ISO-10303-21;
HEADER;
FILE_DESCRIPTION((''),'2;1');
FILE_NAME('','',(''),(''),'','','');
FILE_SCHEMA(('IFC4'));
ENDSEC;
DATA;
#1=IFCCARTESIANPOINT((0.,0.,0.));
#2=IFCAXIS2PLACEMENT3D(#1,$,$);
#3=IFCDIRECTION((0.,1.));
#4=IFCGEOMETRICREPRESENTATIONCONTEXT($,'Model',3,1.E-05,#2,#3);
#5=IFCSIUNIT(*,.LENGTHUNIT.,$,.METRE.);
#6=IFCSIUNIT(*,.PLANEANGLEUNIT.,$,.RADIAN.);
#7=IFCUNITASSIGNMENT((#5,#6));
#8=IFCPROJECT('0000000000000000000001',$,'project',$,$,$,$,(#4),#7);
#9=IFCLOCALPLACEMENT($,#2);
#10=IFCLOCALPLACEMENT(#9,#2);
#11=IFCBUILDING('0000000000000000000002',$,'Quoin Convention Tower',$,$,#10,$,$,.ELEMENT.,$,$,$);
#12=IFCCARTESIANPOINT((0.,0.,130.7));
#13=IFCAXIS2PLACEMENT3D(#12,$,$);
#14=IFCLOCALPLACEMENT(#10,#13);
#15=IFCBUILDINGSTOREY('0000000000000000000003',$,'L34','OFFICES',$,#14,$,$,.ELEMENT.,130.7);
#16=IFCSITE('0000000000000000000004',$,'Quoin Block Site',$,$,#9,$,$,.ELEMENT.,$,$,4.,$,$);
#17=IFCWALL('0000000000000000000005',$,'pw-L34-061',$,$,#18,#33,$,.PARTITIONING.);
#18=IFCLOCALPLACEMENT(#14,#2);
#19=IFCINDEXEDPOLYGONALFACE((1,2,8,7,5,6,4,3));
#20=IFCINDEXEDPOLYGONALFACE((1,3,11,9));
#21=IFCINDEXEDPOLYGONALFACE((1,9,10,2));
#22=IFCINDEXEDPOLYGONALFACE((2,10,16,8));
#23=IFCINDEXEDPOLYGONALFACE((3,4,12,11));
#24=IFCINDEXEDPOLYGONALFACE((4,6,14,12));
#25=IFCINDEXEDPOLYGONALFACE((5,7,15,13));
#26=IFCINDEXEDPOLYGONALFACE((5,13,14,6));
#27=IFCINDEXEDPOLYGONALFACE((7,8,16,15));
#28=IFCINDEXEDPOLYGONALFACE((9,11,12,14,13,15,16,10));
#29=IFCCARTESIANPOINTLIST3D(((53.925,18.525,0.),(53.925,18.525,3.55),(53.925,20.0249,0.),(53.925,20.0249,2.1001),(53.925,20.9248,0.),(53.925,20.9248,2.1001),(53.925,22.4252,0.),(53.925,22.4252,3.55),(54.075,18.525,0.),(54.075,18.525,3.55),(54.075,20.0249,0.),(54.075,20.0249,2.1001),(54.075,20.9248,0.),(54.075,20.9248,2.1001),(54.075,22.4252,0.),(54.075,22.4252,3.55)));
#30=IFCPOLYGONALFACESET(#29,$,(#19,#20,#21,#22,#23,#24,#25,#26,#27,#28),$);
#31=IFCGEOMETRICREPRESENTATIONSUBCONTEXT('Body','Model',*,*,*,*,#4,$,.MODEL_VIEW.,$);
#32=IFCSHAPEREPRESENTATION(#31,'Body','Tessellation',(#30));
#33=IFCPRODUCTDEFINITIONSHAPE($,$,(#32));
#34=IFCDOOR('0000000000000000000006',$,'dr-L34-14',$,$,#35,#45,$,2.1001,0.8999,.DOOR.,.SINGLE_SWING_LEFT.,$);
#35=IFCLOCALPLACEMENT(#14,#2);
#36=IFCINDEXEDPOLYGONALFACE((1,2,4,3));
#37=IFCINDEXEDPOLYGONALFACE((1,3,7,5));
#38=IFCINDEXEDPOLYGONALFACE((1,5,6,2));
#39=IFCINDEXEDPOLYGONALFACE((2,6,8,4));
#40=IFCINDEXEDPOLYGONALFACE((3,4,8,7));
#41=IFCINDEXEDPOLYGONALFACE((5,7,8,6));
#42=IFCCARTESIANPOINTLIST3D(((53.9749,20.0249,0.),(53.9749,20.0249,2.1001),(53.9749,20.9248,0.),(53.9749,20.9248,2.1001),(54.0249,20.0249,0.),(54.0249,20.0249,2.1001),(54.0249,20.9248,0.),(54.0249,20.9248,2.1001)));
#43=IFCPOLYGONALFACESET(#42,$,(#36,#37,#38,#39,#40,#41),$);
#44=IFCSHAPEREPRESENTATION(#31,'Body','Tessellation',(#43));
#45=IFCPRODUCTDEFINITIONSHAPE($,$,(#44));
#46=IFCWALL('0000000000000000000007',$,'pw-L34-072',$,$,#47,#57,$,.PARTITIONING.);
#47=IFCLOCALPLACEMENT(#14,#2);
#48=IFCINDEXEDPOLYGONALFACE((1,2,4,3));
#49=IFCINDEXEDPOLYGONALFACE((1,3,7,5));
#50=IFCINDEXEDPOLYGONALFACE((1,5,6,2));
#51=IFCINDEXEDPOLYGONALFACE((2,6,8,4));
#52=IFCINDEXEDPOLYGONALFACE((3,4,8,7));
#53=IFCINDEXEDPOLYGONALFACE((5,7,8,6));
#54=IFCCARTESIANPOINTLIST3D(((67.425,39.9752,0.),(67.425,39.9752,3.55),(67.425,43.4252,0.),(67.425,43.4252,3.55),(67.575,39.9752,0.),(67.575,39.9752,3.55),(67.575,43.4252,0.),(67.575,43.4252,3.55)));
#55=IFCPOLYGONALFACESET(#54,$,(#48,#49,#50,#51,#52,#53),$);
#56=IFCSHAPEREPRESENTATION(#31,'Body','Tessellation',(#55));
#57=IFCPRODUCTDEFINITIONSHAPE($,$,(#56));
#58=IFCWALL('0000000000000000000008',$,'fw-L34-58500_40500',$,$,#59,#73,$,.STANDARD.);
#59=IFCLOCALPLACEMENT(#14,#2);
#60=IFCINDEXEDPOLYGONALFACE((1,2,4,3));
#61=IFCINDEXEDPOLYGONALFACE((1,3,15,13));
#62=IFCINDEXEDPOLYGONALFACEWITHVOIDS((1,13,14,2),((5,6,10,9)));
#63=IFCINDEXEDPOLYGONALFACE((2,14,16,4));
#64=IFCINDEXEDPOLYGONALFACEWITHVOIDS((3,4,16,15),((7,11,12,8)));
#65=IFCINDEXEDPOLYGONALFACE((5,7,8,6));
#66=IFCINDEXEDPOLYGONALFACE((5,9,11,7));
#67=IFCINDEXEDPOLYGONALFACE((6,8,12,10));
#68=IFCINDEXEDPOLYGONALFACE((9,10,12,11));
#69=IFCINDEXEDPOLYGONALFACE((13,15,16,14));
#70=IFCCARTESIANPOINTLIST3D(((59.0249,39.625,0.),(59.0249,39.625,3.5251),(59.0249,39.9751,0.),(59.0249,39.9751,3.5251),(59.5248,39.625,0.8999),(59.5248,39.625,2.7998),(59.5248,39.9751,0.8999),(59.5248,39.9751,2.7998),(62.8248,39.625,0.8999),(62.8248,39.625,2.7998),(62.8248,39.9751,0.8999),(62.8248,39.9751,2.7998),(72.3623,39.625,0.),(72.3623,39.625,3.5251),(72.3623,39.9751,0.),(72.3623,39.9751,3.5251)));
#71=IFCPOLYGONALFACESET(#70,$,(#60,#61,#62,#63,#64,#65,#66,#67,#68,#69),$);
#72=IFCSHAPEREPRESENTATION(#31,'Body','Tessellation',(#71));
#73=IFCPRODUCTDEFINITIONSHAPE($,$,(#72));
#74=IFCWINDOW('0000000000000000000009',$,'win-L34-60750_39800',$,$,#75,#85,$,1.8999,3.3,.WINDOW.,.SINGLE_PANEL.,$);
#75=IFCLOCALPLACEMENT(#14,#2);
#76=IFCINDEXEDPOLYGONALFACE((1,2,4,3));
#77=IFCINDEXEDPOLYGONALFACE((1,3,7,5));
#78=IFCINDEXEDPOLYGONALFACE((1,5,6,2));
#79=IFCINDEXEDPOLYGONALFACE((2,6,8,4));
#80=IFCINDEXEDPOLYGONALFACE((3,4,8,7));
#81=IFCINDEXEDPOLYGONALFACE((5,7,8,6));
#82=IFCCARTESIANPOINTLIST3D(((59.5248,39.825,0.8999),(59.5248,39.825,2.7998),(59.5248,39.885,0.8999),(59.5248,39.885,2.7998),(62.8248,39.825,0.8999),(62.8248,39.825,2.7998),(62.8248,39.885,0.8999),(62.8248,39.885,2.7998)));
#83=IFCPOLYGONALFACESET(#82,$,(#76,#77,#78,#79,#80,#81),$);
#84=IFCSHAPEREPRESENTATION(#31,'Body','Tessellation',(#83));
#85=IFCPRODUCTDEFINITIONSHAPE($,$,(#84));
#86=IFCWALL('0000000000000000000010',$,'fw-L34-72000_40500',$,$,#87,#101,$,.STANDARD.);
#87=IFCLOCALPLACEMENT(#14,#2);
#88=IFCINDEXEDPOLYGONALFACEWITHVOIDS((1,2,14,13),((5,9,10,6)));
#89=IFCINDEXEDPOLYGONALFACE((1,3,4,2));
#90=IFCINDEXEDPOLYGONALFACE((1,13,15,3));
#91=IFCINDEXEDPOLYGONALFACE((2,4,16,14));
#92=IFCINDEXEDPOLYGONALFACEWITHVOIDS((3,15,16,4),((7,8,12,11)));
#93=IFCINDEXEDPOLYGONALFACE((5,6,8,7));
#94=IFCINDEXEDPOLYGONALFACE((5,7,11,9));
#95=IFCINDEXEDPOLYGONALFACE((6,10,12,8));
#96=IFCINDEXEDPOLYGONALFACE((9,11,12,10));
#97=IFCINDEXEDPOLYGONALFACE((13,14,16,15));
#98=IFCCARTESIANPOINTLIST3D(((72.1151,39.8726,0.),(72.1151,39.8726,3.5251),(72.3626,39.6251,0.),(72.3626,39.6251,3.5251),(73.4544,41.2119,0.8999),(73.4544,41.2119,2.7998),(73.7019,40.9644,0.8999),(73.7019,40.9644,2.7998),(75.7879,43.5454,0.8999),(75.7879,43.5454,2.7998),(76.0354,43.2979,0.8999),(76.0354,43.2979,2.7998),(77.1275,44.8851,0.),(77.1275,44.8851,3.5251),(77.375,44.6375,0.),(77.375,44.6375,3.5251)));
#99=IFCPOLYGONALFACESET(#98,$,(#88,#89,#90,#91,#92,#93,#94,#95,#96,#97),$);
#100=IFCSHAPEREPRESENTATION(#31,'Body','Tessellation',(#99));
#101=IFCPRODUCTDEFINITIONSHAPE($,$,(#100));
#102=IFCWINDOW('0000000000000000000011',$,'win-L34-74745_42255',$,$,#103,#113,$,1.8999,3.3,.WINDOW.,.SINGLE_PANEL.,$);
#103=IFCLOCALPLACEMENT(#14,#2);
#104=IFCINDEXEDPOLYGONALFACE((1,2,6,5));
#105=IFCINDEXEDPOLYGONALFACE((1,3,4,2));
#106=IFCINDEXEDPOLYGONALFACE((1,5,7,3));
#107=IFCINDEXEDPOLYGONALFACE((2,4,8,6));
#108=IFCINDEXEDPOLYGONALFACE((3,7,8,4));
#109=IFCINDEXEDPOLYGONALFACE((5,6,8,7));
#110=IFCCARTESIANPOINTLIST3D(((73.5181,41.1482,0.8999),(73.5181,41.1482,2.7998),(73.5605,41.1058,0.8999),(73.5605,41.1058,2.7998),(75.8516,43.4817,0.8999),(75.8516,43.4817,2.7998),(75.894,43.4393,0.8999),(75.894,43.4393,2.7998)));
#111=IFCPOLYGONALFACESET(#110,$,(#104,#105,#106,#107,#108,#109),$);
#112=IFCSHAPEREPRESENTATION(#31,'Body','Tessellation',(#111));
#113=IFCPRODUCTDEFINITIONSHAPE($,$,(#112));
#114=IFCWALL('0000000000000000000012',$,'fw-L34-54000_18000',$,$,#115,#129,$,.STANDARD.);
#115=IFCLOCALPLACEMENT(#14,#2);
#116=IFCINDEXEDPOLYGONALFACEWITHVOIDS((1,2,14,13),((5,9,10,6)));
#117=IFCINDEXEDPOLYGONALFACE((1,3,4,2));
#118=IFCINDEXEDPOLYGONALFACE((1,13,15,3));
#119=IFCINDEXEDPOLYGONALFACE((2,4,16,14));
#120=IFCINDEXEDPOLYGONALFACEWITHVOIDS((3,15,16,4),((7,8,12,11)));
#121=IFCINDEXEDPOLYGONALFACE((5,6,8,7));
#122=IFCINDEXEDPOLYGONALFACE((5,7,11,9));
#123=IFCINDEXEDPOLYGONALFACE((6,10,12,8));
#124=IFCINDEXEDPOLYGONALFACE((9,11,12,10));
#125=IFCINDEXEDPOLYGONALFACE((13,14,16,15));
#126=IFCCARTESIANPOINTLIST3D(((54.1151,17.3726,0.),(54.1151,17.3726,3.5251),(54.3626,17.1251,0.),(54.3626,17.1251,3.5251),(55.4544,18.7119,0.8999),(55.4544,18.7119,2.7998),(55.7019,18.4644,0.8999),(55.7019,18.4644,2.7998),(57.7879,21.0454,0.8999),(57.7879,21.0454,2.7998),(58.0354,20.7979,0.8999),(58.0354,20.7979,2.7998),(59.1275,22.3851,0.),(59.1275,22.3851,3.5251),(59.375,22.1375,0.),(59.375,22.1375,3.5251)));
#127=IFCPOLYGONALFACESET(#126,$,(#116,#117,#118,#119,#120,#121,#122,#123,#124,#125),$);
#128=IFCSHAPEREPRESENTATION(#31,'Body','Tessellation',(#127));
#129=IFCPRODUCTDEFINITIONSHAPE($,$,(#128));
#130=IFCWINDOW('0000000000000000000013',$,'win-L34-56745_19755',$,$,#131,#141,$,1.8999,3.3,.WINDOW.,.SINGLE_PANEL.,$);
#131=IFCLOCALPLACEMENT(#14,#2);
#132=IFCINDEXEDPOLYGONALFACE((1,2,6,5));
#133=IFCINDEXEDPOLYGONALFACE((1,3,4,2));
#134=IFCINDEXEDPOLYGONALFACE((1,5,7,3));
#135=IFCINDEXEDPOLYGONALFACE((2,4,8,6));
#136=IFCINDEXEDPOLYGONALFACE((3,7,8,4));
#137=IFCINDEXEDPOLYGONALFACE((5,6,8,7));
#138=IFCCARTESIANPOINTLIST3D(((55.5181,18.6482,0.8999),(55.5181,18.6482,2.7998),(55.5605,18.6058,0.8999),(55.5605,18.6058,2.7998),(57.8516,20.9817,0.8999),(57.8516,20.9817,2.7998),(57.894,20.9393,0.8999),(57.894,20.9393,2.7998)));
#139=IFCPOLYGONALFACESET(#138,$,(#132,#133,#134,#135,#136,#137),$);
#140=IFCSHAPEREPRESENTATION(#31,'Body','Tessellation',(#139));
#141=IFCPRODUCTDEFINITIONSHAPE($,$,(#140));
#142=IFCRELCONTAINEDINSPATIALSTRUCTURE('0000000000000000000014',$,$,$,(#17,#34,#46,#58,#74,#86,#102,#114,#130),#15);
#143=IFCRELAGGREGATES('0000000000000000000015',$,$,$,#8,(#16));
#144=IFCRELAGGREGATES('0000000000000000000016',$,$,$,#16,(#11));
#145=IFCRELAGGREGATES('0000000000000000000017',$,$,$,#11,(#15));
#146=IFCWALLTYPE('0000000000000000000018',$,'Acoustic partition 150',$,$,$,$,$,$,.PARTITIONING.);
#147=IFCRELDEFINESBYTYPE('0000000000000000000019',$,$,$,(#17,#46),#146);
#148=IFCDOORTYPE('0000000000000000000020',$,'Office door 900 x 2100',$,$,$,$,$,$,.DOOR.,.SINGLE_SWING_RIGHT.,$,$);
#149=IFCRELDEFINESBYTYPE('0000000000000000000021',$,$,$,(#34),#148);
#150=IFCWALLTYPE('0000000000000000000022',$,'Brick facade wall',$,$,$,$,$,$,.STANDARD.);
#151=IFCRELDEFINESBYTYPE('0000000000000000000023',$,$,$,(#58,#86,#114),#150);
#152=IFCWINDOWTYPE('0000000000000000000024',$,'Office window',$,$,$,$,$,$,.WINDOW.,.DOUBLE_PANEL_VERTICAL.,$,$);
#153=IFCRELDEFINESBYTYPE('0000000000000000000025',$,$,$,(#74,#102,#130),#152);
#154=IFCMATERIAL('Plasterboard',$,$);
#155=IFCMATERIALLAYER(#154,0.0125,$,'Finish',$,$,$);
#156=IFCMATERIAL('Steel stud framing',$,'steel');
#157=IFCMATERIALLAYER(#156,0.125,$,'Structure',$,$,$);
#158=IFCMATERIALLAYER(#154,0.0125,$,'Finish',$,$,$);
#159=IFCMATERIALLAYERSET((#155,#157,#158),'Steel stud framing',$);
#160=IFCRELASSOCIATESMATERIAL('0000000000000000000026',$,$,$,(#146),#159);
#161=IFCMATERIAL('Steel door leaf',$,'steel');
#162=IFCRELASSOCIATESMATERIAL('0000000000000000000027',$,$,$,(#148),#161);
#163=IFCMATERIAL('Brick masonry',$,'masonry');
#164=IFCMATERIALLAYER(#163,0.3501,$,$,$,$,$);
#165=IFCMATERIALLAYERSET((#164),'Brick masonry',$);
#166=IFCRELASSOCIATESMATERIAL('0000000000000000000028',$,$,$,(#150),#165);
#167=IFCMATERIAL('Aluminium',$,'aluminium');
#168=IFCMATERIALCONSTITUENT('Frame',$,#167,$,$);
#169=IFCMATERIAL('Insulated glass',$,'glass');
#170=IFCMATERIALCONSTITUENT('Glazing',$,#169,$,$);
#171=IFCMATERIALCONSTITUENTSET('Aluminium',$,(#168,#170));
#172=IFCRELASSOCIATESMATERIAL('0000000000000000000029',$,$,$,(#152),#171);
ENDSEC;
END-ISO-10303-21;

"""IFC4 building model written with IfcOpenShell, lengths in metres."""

from ifc_helpers import new_model, si_unit, direction, frame, frame_2d, origin, place, context, subcontext, project, spatial, rectangle, extrude, material, layer, layer_set, constituent, constituent_set, type_object, element, fill, save


model = new_model("IFC4")

# Units and contexts
model_context = context("Model", 3, precision=1e-05, world=origin(), true_north=direction((0.0, 1.0)))
body_context = subcontext(model_context, "Body", "Model", "MODEL_VIEW")
ifc_project = project(units=[si_unit("LENGTHUNIT", "METRE"), si_unit("PLANEANGLEUNIT", "RADIAN")], contexts=[model_context])

# Site, building, storey
site_placement = place(None, origin())
site = spatial("IfcSite", under=ifc_project, at=site_placement, Name="Quoin Block Site", CompositionType="ELEMENT", RefElevation=4.0)
building_placement = place(site_placement, origin())
building = spatial("IfcBuilding", under=site, at=building_placement, Name="Quoin Convention Tower", CompositionType="ELEMENT")
storey_placement = place(building_placement, frame((0.0, 0.0, 130.7)))
storey = spatial("IfcBuildingStorey", under=building, at=storey_placement, Name="L34", Description="OFFICES", CompositionType="ELEMENT", Elevation=130.7)

# Wall, opening, door
ifc_material_1 = material(Name="Plasterboard")
ifc_layer_1 = layer(ifc_material_1, 0.0125, Name="Finish")
ifc_material_2 = material(Name="Steel stud framing", Category="steel")
ifc_layer_2 = layer(ifc_material_2, 0.125, Name="Structure")
ifc_layer_3 = layer(ifc_material_1, 0.0125, Name="Finish")
ifc_layer_set_1 = layer_set([ifc_layer_1, ifc_layer_2, ifc_layer_3], Name="Steel stud framing")
wall_type_1 = type_object("IfcWallType", Name="Acoustic partition 150", PredefinedType="PARTITIONING", material=ifc_layer_set_1)
wall_1_placement = place(storey_placement, frame((54.0, 18.5249, 0.0), z_axis=(0.0, 0.0, 1.0), x_axis=(0.0, 1.0, 0.0)))
wall_1 = element("IfcWall", 1, at=wall_1_placement, inside=storey, type_object=wall_type_1, Name="pw-L34-061", PredefinedType="PARTITIONING", context=body_context, shape_type="SweptSolid", body=[
    extrude(rectangle(XDim=3.9001, YDim=0.1499, at=frame_2d((1.9502, 0.0))), origin(), (0.0, 0.0, 1.0), 3.55),
])
opening_1_placement = place(wall_1_placement, frame((1.5, 0.0, 0.0)))
opening_1 = element("IfcOpeningElement", 2, at=opening_1_placement, cuts=wall_1, PredefinedType="OPENING", context=body_context, shape_type="SweptSolid", body=[
    extrude(rectangle(XDim=0.8999, YDim=2.1001, at=frame_2d((0.45, 1.05))), frame((0.0, 0.085, 0.0), z_axis=(0.0, -1.0, 0.0), x_axis=(1.0, 0.0, 0.0)), (0.0, 0.0, 1.0), 0.1699),
])
ifc_material_3 = material(Name="Steel door leaf", Category="steel")
door_type = type_object("IfcDoorType", Name="Office door 900 x 2100", OperationType="SINGLE_SWING_RIGHT", PredefinedType="DOOR", material=ifc_material_3)
door_1_placement = place(opening_1_placement, frame((0.8999, 0.0, 0.0), z_axis=(0.0, 0.0, 1.0), x_axis=(-1.0, 0.0, 0.0)))
door_1 = element("IfcDoor", 3, at=door_1_placement, inside=storey, type_object=door_type, Name="dr-L34-14", OperationType="SINGLE_SWING_LEFT", OverallHeight=2.1001, OverallWidth=0.8999, PredefinedType="DOOR", context=body_context, shape_type="SweptSolid", body=[
    extrude(rectangle(XDim=0.8999, YDim=2.1001, at=frame_2d((0.45, 1.05))), frame((0.0, 0.0249, 0.0), z_axis=(0.0, -1.0, 0.0), x_axis=(1.0, 0.0, 0.0)), (0.0, 0.0, 1.0), 0.05),
])
fill(opening_1, door_1)

# Wall
wall_2_placement = place(storey_placement, frame((67.5, 39.9751, 0.0), z_axis=(0.0, 0.0, 1.0), x_axis=(0.0, 1.0, 0.0)))
element("IfcWall", 4, at=wall_2_placement, inside=storey, type_object=wall_type_1, Name="pw-L34-072", PredefinedType="PARTITIONING", context=body_context, shape_type="SweptSolid", body=[
    extrude(rectangle(XDim=3.45, YDim=0.1499, at=frame_2d((1.7251, 0.0))), origin(), (0.0, 0.0, 1.0), 3.55),
])

# Walls, openings, windows
ifc_material_4 = material(Name="Brick masonry", Category="masonry")
ifc_layer_4 = layer(ifc_material_4, 0.3501)
ifc_layer_set_2 = layer_set([ifc_layer_4], Name="Brick masonry")
wall_type_2 = type_object("IfcWallType", Name="Brick facade wall", PredefinedType="STANDARD", material=ifc_layer_set_2)
wall_3_placement = place(storey_placement, frame((59.0249, 39.8, 0.0), z_axis=(0.0, 0.0, 1.0), x_axis=(1.0, 0.0, 0.0)))
wall_3 = element("IfcWall", 5, at=wall_3_placement, inside=storey, type_object=wall_type_2, Name="fw-L34-58500_40500", PredefinedType="STANDARD", context=body_context, shape_type="SweptSolid", body=[
    extrude(rectangle(XDim=13.3374, YDim=0.3501, at=frame_2d((6.6687, 0.0))), origin(), (0.0, 0.0, 1.0), 3.5251),
])
opening_2_placement = place(wall_3_placement, frame((0.5, 0.0, 0.8999)))
opening_2 = element("IfcOpeningElement", 6, at=opening_2_placement, cuts=wall_3, PredefinedType="OPENING", context=body_context, shape_type="SweptSolid", body=[
    extrude(rectangle(XDim=3.3, YDim=1.8999, at=frame_2d((1.6499, 0.95))), frame((0.0, 0.1851, 0.0), z_axis=(0.0, -1.0, 0.0), x_axis=(1.0, 0.0, 0.0)), (0.0, 0.0, 1.0), 0.3701),
])
ifc_material_5 = material(Name="Aluminium", Category="aluminium")
ifc_constituent_1 = constituent(ifc_material_5, Name="Frame")
ifc_material_6 = material(Name="Insulated glass", Category="glass")
ifc_constituent_2 = constituent(ifc_material_6, Name="Glazing")
ifc_constituent_set = constituent_set(constituents=[ifc_constituent_1, ifc_constituent_2], Name="Aluminium")
window_type = type_object("IfcWindowType", Name="Office window", PartitioningType="DOUBLE_PANEL_VERTICAL", PredefinedType="WINDOW", material=ifc_constituent_set)
window_1_placement = place(opening_2_placement, origin())
window_1 = element("IfcWindow", 7, at=window_1_placement, inside=storey, type_object=window_type, Name="win-L34-60750_39800", OverallHeight=1.8999, OverallWidth=3.3, PartitioningType="SINGLE_PANEL", PredefinedType="WINDOW", context=body_context, shape_type="SweptSolid", body=[
    extrude(rectangle(XDim=3.3, YDim=1.8999, at=frame_2d((1.6499, 0.95))), frame((0.0, 0.085, 0.0), z_axis=(0.0, -1.0, 0.0), x_axis=(1.0, 0.0, 0.0)), (0.0, 0.0, 1.0), 0.0601),
])
fill(opening_2, window_1)
wall_4_placement = place(storey_placement, frame((72.2388, 39.7488, 0.0), z_axis=(0.0, 0.0, 1.0), x_axis=(0.707107, 0.707107, 0.0)))
wall_4 = element("IfcWall", 8, at=wall_4_placement, inside=storey, type_object=wall_type_2, Name="fw-L34-72000_40500", PredefinedType="STANDARD", context=body_context, shape_type="SweptSolid", body=[
    extrude(rectangle(XDim=7.0886, YDim=0.3501, at=frame_2d((3.5444, 0.0))), origin(), (0.0, 0.0, 1.0), 3.5251),
])
opening_3_placement = place(wall_4_placement, frame((1.8943, 0.0, 0.8999)))
opening_3 = element("IfcOpeningElement", 9, at=opening_3_placement, cuts=wall_4, PredefinedType="OPENING", context=body_context, shape_type="SweptSolid", body=[
    extrude(rectangle(XDim=3.3, YDim=1.8999, at=frame_2d((1.6499, 0.95))), frame((0.0, 0.1851, 0.0), z_axis=(0.0, -1.0, 0.0), x_axis=(1.0, 0.0, 0.0)), (0.0, 0.0, 1.0), 0.3701),
])
window_2_placement = place(opening_3_placement, origin())
window_2 = element("IfcWindow", 10, at=window_2_placement, inside=storey, type_object=window_type, Name="win-L34-74745_42255", OverallHeight=1.8999, OverallWidth=3.3, PartitioningType="SINGLE_PANEL", PredefinedType="WINDOW", context=body_context, shape_type="SweptSolid", body=[
    extrude(rectangle(XDim=3.3, YDim=1.8999, at=frame_2d((1.6499, 0.95))), frame((0.0, 0.085, 0.0), z_axis=(0.0, -1.0, 0.0), x_axis=(1.0, 0.0, 0.0)), (0.0, 0.0, 1.0), 0.0601),
])
fill(opening_3, window_2)
wall_5_placement = place(storey_placement, frame((54.2388, 17.2488, 0.0), z_axis=(0.0, 0.0, 1.0), x_axis=(0.707107, 0.707107, 0.0)))
wall_5 = element("IfcWall", 11, at=wall_5_placement, inside=storey, type_object=wall_type_2, Name="fw-L34-54000_18000", PredefinedType="STANDARD", context=body_context, shape_type="SweptSolid", body=[
    extrude(rectangle(XDim=7.0886, YDim=0.3501, at=frame_2d((3.5444, 0.0))), origin(), (0.0, 0.0, 1.0), 3.5251),
])
opening_4_placement = place(wall_5_placement, frame((1.8943, 0.0, 0.8999)))
opening_4 = element("IfcOpeningElement", 12, at=opening_4_placement, cuts=wall_5, PredefinedType="OPENING", context=body_context, shape_type="SweptSolid", body=[
    extrude(rectangle(XDim=3.3, YDim=1.8999, at=frame_2d((1.6499, 0.95))), frame((0.0, 0.1851, 0.0), z_axis=(0.0, -1.0, 0.0), x_axis=(1.0, 0.0, 0.0)), (0.0, 0.0, 1.0), 0.3701),
])
window_3_placement = place(opening_4_placement, origin())
window_3 = element("IfcWindow", 13, at=window_3_placement, inside=storey, type_object=window_type, Name="win-L34-56745_19755", OverallHeight=1.8999, OverallWidth=3.3, PartitioningType="SINGLE_PANEL", PredefinedType="WINDOW", context=body_context, shape_type="SweptSolid", body=[
    extrude(rectangle(XDim=3.3, YDim=1.8999, at=frame_2d((1.6499, 0.95))), frame((0.0, 0.085, 0.0), z_axis=(0.0, -1.0, 0.0), x_axis=(1.0, 0.0, 0.0)), (0.0, 0.0, 1.0), 0.0601),
])
fill(opening_4, window_3)

save(model, "model.ifc")
